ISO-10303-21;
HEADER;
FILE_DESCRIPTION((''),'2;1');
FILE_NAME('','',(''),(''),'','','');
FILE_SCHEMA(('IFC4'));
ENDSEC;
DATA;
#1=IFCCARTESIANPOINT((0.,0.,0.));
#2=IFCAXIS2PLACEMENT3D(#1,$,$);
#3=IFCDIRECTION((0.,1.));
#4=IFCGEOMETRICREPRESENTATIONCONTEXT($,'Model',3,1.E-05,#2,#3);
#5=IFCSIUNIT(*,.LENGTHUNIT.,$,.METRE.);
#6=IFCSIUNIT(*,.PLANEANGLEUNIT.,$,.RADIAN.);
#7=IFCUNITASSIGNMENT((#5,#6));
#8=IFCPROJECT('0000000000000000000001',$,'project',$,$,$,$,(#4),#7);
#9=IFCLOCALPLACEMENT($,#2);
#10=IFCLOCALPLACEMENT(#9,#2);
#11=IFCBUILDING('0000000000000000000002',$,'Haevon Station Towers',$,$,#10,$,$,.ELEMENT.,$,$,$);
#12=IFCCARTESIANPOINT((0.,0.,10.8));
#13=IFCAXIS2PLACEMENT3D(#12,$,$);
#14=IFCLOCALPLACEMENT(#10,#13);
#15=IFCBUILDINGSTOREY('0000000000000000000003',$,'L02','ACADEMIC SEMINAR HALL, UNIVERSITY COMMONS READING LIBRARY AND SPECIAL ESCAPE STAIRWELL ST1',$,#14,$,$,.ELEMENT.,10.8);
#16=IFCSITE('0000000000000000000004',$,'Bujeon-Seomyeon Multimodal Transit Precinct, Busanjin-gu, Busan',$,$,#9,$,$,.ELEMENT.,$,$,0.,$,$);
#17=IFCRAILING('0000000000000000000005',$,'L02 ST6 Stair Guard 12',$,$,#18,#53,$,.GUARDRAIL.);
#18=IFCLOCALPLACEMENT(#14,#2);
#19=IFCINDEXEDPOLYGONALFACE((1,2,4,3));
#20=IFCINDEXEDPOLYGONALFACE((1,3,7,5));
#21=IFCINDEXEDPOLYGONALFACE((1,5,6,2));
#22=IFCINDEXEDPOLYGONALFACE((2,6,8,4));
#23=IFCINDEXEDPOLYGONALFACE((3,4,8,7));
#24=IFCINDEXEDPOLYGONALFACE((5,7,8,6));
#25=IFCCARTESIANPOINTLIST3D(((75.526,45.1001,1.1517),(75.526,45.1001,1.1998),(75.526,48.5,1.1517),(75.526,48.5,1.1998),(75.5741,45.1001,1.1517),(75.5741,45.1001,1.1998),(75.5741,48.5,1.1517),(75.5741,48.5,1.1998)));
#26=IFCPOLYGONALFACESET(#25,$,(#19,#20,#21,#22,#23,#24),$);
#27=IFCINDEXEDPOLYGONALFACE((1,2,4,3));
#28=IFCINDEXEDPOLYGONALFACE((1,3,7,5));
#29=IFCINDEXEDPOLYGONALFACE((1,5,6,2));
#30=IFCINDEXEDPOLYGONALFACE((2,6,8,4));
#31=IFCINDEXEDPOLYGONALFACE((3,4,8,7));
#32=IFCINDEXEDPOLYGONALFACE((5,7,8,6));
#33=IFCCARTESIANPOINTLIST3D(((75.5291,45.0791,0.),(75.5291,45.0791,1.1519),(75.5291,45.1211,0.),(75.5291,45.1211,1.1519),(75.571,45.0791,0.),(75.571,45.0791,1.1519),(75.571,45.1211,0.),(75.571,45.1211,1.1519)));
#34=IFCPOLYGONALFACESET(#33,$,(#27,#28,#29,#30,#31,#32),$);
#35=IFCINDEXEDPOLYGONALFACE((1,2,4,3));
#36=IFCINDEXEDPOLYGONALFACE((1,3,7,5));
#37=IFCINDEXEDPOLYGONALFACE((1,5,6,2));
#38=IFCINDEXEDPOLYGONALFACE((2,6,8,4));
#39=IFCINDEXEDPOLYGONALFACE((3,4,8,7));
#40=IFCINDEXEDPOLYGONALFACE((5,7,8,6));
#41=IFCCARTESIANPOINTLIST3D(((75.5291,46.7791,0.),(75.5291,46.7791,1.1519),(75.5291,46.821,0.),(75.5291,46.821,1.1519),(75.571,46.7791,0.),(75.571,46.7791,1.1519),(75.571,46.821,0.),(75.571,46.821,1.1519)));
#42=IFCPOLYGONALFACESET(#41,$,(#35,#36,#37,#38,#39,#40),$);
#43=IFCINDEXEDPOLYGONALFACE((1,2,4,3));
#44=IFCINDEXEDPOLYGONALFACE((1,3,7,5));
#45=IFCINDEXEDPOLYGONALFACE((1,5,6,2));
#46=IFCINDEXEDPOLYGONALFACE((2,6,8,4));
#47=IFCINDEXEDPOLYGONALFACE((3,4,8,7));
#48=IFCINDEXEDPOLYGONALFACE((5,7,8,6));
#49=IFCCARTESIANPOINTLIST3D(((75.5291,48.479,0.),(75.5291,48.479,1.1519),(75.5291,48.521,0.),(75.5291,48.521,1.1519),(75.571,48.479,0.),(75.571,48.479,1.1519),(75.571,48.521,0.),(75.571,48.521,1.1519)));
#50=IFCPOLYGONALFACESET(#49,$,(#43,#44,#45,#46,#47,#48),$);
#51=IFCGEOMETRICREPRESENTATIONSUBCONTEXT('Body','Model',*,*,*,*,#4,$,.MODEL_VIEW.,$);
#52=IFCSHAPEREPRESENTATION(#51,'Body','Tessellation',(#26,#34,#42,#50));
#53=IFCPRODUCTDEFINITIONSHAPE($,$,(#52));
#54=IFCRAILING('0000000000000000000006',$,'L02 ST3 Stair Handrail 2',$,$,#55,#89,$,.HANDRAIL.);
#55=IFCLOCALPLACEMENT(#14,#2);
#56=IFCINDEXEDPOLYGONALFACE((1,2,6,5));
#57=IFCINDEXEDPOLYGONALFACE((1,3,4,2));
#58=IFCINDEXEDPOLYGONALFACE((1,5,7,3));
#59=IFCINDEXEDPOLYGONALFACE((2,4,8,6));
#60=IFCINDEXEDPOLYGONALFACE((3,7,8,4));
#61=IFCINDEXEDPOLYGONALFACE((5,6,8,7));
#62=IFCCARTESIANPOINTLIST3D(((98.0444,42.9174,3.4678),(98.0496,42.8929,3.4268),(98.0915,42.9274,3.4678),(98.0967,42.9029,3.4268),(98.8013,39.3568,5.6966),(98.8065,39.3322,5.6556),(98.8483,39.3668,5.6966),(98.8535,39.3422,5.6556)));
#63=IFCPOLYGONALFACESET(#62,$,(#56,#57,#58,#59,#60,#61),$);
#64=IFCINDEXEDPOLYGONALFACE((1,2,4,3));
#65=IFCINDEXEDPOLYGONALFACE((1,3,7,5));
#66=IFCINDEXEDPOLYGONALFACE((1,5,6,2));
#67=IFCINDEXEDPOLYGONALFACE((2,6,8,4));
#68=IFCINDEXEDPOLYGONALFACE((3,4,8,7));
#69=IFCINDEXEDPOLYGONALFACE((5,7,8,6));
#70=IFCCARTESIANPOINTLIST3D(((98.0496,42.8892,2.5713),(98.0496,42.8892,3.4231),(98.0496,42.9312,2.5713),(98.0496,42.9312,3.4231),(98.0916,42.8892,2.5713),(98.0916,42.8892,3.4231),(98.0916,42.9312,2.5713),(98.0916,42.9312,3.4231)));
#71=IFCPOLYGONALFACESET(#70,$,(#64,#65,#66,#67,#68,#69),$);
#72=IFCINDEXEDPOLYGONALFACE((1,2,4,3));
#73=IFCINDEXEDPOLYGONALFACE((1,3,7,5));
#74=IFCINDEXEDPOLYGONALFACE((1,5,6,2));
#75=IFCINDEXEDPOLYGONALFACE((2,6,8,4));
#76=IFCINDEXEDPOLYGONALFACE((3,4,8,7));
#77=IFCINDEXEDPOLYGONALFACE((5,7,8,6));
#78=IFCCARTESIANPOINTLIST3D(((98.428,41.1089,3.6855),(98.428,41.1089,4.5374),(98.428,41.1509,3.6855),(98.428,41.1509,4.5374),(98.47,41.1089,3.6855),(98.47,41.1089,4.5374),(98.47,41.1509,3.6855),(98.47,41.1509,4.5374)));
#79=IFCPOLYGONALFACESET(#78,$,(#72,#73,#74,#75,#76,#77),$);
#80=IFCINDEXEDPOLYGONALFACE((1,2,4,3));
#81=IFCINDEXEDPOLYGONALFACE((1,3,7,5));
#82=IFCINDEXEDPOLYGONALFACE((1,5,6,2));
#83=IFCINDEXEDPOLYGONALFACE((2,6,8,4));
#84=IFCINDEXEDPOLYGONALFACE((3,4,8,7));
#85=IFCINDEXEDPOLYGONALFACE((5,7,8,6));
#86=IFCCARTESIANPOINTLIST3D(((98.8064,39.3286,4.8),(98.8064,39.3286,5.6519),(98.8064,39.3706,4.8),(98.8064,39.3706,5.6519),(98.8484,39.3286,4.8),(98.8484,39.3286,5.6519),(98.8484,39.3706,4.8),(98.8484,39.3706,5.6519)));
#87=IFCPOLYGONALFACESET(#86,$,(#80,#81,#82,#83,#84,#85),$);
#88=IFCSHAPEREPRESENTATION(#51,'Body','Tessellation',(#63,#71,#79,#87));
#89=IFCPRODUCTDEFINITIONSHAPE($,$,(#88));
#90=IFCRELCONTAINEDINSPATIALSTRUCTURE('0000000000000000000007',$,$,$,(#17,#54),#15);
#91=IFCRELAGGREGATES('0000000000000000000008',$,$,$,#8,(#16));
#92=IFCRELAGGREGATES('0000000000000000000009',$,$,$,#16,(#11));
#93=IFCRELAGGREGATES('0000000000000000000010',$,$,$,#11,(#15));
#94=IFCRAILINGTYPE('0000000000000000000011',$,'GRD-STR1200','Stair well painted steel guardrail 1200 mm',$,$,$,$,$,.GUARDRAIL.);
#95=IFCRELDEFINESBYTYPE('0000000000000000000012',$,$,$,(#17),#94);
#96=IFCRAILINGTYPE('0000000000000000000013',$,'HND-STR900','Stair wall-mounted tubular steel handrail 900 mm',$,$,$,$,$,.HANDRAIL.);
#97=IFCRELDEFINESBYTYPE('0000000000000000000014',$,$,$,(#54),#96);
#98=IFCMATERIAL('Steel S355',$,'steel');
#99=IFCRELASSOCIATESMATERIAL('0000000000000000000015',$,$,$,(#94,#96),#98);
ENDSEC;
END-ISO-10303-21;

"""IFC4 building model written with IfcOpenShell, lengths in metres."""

from ifc_helpers import new_model, si_unit, direction, frame, origin, origin_2d, place, context, subcontext, project, spatial, rectangle, extrude, material, type_object, element, save


model = new_model("IFC4")

# Units and contexts
model_context = context("Model", 3, precision=1e-05, world=origin(), true_north=direction((0.0, 1.0)))
body_context = subcontext(model_context, "Body", "Model", "MODEL_VIEW")
ifc_project = project(units=[si_unit("LENGTHUNIT", "METRE"), si_unit("PLANEANGLEUNIT", "RADIAN")], contexts=[model_context])

# Site, building, storey
site_placement = place(None, origin())
site = spatial("IfcSite", under=ifc_project, at=site_placement, Name="Bujeon-Seomyeon Multimodal Transit Precinct, Busanjin-gu, Busan", CompositionType="ELEMENT", RefElevation=0.0)
building_placement = place(site_placement, origin())
building = spatial("IfcBuilding", under=site, at=building_placement, Name="Haevon Station Towers", CompositionType="ELEMENT")
storey_placement = place(building_placement, frame((0.0, 0.0, 10.8)))
storey = spatial("IfcBuildingStorey", under=building, at=storey_placement, Name="L02", Description="ACADEMIC SEMINAR HALL, UNIVERSITY COMMONS READING LIBRARY AND SPECIAL ESCAPE STAIRWELL ST1", CompositionType="ELEMENT", Elevation=10.8)

# Shared definitions
ifc_material_1 = material(Name="Steel S355", Category="steel")

# Railings
railing_type_1 = type_object("IfcRailingType", Name="GRD-STR1200", Description="Stair well painted steel guardrail 1200 mm", PredefinedType="GUARDRAIL", material=ifc_material_1)
railing_1_placement = place(storey_placement, frame((75.55, 45.1001, 0.0)))
element("IfcRailing", 1, at=railing_1_placement, inside=storey, type_object=railing_type_1, Name="L02 ST6 Stair Guard 12", PredefinedType="GUARDRAIL", context=body_context, shape_type="SweptSolid", body=[
    extrude(rectangle(XDim=0.0481, YDim=0.0481, at=origin_2d()), frame((0.0, 0.0, 1.1758), z_axis=(0.0, 1.0, 0.0), x_axis=(-1.0, 0.0, 0.0)), (0.0, 0.0, 1.0), 3.3999),
    extrude(rectangle(XDim=0.042, YDim=0.042, at=origin_2d()), origin(), (0.0, 0.0, 1.0), 1.1519),
    extrude(rectangle(XDim=0.042, YDim=0.042, at=origin_2d()), frame((0.0, 1.7, 0.0)), (0.0, 0.0, 1.0), 1.1519),
    extrude(rectangle(XDim=0.042, YDim=0.042, at=origin_2d()), frame((0.0, 3.3999, 0.0)), (0.0, 0.0, 1.0), 1.1519),
])
railing_type_2 = type_object("IfcRailingType", Name="HND-STR900", Description="Stair wall-mounted tubular steel handrail 900 mm", PredefinedType="HANDRAIL", material=ifc_material_1)
railing_2_placement = place(storey_placement, frame((98.0706, 42.9102, 2.5713)))
element("IfcRailing", 2, at=railing_2_placement, inside=storey, type_object=railing_type_2, Name="L02 ST3 Stair Handrail 2", PredefinedType="HANDRAIL", context=body_context, shape_type="SweptSolid", body=[
    extrude(rectangle(XDim=0.0481, YDim=0.0481, at=origin_2d()), frame((0.0, 0.0, 0.876), z_axis=(0.177319, -0.8342, 0.522176), x_axis=(0.978147, 0.207917, 0.0)), (0.0, 0.0, 1.0), 4.2683),
    extrude(rectangle(XDim=0.042, YDim=0.042, at=origin_2d()), origin(), (0.0, 0.0, 1.0), 0.8518),
    extrude(rectangle(XDim=0.042, YDim=0.042, at=origin_2d()), frame((0.3784, -1.7803, 1.1143)), (0.0, 0.0, 1.0), 0.8518),
    extrude(rectangle(XDim=0.042, YDim=0.042, at=origin_2d()), frame((0.7568, -3.5605, 2.2288)), (0.0, 0.0, 1.0), 0.8518),
])

save(model, "model.ifc")
